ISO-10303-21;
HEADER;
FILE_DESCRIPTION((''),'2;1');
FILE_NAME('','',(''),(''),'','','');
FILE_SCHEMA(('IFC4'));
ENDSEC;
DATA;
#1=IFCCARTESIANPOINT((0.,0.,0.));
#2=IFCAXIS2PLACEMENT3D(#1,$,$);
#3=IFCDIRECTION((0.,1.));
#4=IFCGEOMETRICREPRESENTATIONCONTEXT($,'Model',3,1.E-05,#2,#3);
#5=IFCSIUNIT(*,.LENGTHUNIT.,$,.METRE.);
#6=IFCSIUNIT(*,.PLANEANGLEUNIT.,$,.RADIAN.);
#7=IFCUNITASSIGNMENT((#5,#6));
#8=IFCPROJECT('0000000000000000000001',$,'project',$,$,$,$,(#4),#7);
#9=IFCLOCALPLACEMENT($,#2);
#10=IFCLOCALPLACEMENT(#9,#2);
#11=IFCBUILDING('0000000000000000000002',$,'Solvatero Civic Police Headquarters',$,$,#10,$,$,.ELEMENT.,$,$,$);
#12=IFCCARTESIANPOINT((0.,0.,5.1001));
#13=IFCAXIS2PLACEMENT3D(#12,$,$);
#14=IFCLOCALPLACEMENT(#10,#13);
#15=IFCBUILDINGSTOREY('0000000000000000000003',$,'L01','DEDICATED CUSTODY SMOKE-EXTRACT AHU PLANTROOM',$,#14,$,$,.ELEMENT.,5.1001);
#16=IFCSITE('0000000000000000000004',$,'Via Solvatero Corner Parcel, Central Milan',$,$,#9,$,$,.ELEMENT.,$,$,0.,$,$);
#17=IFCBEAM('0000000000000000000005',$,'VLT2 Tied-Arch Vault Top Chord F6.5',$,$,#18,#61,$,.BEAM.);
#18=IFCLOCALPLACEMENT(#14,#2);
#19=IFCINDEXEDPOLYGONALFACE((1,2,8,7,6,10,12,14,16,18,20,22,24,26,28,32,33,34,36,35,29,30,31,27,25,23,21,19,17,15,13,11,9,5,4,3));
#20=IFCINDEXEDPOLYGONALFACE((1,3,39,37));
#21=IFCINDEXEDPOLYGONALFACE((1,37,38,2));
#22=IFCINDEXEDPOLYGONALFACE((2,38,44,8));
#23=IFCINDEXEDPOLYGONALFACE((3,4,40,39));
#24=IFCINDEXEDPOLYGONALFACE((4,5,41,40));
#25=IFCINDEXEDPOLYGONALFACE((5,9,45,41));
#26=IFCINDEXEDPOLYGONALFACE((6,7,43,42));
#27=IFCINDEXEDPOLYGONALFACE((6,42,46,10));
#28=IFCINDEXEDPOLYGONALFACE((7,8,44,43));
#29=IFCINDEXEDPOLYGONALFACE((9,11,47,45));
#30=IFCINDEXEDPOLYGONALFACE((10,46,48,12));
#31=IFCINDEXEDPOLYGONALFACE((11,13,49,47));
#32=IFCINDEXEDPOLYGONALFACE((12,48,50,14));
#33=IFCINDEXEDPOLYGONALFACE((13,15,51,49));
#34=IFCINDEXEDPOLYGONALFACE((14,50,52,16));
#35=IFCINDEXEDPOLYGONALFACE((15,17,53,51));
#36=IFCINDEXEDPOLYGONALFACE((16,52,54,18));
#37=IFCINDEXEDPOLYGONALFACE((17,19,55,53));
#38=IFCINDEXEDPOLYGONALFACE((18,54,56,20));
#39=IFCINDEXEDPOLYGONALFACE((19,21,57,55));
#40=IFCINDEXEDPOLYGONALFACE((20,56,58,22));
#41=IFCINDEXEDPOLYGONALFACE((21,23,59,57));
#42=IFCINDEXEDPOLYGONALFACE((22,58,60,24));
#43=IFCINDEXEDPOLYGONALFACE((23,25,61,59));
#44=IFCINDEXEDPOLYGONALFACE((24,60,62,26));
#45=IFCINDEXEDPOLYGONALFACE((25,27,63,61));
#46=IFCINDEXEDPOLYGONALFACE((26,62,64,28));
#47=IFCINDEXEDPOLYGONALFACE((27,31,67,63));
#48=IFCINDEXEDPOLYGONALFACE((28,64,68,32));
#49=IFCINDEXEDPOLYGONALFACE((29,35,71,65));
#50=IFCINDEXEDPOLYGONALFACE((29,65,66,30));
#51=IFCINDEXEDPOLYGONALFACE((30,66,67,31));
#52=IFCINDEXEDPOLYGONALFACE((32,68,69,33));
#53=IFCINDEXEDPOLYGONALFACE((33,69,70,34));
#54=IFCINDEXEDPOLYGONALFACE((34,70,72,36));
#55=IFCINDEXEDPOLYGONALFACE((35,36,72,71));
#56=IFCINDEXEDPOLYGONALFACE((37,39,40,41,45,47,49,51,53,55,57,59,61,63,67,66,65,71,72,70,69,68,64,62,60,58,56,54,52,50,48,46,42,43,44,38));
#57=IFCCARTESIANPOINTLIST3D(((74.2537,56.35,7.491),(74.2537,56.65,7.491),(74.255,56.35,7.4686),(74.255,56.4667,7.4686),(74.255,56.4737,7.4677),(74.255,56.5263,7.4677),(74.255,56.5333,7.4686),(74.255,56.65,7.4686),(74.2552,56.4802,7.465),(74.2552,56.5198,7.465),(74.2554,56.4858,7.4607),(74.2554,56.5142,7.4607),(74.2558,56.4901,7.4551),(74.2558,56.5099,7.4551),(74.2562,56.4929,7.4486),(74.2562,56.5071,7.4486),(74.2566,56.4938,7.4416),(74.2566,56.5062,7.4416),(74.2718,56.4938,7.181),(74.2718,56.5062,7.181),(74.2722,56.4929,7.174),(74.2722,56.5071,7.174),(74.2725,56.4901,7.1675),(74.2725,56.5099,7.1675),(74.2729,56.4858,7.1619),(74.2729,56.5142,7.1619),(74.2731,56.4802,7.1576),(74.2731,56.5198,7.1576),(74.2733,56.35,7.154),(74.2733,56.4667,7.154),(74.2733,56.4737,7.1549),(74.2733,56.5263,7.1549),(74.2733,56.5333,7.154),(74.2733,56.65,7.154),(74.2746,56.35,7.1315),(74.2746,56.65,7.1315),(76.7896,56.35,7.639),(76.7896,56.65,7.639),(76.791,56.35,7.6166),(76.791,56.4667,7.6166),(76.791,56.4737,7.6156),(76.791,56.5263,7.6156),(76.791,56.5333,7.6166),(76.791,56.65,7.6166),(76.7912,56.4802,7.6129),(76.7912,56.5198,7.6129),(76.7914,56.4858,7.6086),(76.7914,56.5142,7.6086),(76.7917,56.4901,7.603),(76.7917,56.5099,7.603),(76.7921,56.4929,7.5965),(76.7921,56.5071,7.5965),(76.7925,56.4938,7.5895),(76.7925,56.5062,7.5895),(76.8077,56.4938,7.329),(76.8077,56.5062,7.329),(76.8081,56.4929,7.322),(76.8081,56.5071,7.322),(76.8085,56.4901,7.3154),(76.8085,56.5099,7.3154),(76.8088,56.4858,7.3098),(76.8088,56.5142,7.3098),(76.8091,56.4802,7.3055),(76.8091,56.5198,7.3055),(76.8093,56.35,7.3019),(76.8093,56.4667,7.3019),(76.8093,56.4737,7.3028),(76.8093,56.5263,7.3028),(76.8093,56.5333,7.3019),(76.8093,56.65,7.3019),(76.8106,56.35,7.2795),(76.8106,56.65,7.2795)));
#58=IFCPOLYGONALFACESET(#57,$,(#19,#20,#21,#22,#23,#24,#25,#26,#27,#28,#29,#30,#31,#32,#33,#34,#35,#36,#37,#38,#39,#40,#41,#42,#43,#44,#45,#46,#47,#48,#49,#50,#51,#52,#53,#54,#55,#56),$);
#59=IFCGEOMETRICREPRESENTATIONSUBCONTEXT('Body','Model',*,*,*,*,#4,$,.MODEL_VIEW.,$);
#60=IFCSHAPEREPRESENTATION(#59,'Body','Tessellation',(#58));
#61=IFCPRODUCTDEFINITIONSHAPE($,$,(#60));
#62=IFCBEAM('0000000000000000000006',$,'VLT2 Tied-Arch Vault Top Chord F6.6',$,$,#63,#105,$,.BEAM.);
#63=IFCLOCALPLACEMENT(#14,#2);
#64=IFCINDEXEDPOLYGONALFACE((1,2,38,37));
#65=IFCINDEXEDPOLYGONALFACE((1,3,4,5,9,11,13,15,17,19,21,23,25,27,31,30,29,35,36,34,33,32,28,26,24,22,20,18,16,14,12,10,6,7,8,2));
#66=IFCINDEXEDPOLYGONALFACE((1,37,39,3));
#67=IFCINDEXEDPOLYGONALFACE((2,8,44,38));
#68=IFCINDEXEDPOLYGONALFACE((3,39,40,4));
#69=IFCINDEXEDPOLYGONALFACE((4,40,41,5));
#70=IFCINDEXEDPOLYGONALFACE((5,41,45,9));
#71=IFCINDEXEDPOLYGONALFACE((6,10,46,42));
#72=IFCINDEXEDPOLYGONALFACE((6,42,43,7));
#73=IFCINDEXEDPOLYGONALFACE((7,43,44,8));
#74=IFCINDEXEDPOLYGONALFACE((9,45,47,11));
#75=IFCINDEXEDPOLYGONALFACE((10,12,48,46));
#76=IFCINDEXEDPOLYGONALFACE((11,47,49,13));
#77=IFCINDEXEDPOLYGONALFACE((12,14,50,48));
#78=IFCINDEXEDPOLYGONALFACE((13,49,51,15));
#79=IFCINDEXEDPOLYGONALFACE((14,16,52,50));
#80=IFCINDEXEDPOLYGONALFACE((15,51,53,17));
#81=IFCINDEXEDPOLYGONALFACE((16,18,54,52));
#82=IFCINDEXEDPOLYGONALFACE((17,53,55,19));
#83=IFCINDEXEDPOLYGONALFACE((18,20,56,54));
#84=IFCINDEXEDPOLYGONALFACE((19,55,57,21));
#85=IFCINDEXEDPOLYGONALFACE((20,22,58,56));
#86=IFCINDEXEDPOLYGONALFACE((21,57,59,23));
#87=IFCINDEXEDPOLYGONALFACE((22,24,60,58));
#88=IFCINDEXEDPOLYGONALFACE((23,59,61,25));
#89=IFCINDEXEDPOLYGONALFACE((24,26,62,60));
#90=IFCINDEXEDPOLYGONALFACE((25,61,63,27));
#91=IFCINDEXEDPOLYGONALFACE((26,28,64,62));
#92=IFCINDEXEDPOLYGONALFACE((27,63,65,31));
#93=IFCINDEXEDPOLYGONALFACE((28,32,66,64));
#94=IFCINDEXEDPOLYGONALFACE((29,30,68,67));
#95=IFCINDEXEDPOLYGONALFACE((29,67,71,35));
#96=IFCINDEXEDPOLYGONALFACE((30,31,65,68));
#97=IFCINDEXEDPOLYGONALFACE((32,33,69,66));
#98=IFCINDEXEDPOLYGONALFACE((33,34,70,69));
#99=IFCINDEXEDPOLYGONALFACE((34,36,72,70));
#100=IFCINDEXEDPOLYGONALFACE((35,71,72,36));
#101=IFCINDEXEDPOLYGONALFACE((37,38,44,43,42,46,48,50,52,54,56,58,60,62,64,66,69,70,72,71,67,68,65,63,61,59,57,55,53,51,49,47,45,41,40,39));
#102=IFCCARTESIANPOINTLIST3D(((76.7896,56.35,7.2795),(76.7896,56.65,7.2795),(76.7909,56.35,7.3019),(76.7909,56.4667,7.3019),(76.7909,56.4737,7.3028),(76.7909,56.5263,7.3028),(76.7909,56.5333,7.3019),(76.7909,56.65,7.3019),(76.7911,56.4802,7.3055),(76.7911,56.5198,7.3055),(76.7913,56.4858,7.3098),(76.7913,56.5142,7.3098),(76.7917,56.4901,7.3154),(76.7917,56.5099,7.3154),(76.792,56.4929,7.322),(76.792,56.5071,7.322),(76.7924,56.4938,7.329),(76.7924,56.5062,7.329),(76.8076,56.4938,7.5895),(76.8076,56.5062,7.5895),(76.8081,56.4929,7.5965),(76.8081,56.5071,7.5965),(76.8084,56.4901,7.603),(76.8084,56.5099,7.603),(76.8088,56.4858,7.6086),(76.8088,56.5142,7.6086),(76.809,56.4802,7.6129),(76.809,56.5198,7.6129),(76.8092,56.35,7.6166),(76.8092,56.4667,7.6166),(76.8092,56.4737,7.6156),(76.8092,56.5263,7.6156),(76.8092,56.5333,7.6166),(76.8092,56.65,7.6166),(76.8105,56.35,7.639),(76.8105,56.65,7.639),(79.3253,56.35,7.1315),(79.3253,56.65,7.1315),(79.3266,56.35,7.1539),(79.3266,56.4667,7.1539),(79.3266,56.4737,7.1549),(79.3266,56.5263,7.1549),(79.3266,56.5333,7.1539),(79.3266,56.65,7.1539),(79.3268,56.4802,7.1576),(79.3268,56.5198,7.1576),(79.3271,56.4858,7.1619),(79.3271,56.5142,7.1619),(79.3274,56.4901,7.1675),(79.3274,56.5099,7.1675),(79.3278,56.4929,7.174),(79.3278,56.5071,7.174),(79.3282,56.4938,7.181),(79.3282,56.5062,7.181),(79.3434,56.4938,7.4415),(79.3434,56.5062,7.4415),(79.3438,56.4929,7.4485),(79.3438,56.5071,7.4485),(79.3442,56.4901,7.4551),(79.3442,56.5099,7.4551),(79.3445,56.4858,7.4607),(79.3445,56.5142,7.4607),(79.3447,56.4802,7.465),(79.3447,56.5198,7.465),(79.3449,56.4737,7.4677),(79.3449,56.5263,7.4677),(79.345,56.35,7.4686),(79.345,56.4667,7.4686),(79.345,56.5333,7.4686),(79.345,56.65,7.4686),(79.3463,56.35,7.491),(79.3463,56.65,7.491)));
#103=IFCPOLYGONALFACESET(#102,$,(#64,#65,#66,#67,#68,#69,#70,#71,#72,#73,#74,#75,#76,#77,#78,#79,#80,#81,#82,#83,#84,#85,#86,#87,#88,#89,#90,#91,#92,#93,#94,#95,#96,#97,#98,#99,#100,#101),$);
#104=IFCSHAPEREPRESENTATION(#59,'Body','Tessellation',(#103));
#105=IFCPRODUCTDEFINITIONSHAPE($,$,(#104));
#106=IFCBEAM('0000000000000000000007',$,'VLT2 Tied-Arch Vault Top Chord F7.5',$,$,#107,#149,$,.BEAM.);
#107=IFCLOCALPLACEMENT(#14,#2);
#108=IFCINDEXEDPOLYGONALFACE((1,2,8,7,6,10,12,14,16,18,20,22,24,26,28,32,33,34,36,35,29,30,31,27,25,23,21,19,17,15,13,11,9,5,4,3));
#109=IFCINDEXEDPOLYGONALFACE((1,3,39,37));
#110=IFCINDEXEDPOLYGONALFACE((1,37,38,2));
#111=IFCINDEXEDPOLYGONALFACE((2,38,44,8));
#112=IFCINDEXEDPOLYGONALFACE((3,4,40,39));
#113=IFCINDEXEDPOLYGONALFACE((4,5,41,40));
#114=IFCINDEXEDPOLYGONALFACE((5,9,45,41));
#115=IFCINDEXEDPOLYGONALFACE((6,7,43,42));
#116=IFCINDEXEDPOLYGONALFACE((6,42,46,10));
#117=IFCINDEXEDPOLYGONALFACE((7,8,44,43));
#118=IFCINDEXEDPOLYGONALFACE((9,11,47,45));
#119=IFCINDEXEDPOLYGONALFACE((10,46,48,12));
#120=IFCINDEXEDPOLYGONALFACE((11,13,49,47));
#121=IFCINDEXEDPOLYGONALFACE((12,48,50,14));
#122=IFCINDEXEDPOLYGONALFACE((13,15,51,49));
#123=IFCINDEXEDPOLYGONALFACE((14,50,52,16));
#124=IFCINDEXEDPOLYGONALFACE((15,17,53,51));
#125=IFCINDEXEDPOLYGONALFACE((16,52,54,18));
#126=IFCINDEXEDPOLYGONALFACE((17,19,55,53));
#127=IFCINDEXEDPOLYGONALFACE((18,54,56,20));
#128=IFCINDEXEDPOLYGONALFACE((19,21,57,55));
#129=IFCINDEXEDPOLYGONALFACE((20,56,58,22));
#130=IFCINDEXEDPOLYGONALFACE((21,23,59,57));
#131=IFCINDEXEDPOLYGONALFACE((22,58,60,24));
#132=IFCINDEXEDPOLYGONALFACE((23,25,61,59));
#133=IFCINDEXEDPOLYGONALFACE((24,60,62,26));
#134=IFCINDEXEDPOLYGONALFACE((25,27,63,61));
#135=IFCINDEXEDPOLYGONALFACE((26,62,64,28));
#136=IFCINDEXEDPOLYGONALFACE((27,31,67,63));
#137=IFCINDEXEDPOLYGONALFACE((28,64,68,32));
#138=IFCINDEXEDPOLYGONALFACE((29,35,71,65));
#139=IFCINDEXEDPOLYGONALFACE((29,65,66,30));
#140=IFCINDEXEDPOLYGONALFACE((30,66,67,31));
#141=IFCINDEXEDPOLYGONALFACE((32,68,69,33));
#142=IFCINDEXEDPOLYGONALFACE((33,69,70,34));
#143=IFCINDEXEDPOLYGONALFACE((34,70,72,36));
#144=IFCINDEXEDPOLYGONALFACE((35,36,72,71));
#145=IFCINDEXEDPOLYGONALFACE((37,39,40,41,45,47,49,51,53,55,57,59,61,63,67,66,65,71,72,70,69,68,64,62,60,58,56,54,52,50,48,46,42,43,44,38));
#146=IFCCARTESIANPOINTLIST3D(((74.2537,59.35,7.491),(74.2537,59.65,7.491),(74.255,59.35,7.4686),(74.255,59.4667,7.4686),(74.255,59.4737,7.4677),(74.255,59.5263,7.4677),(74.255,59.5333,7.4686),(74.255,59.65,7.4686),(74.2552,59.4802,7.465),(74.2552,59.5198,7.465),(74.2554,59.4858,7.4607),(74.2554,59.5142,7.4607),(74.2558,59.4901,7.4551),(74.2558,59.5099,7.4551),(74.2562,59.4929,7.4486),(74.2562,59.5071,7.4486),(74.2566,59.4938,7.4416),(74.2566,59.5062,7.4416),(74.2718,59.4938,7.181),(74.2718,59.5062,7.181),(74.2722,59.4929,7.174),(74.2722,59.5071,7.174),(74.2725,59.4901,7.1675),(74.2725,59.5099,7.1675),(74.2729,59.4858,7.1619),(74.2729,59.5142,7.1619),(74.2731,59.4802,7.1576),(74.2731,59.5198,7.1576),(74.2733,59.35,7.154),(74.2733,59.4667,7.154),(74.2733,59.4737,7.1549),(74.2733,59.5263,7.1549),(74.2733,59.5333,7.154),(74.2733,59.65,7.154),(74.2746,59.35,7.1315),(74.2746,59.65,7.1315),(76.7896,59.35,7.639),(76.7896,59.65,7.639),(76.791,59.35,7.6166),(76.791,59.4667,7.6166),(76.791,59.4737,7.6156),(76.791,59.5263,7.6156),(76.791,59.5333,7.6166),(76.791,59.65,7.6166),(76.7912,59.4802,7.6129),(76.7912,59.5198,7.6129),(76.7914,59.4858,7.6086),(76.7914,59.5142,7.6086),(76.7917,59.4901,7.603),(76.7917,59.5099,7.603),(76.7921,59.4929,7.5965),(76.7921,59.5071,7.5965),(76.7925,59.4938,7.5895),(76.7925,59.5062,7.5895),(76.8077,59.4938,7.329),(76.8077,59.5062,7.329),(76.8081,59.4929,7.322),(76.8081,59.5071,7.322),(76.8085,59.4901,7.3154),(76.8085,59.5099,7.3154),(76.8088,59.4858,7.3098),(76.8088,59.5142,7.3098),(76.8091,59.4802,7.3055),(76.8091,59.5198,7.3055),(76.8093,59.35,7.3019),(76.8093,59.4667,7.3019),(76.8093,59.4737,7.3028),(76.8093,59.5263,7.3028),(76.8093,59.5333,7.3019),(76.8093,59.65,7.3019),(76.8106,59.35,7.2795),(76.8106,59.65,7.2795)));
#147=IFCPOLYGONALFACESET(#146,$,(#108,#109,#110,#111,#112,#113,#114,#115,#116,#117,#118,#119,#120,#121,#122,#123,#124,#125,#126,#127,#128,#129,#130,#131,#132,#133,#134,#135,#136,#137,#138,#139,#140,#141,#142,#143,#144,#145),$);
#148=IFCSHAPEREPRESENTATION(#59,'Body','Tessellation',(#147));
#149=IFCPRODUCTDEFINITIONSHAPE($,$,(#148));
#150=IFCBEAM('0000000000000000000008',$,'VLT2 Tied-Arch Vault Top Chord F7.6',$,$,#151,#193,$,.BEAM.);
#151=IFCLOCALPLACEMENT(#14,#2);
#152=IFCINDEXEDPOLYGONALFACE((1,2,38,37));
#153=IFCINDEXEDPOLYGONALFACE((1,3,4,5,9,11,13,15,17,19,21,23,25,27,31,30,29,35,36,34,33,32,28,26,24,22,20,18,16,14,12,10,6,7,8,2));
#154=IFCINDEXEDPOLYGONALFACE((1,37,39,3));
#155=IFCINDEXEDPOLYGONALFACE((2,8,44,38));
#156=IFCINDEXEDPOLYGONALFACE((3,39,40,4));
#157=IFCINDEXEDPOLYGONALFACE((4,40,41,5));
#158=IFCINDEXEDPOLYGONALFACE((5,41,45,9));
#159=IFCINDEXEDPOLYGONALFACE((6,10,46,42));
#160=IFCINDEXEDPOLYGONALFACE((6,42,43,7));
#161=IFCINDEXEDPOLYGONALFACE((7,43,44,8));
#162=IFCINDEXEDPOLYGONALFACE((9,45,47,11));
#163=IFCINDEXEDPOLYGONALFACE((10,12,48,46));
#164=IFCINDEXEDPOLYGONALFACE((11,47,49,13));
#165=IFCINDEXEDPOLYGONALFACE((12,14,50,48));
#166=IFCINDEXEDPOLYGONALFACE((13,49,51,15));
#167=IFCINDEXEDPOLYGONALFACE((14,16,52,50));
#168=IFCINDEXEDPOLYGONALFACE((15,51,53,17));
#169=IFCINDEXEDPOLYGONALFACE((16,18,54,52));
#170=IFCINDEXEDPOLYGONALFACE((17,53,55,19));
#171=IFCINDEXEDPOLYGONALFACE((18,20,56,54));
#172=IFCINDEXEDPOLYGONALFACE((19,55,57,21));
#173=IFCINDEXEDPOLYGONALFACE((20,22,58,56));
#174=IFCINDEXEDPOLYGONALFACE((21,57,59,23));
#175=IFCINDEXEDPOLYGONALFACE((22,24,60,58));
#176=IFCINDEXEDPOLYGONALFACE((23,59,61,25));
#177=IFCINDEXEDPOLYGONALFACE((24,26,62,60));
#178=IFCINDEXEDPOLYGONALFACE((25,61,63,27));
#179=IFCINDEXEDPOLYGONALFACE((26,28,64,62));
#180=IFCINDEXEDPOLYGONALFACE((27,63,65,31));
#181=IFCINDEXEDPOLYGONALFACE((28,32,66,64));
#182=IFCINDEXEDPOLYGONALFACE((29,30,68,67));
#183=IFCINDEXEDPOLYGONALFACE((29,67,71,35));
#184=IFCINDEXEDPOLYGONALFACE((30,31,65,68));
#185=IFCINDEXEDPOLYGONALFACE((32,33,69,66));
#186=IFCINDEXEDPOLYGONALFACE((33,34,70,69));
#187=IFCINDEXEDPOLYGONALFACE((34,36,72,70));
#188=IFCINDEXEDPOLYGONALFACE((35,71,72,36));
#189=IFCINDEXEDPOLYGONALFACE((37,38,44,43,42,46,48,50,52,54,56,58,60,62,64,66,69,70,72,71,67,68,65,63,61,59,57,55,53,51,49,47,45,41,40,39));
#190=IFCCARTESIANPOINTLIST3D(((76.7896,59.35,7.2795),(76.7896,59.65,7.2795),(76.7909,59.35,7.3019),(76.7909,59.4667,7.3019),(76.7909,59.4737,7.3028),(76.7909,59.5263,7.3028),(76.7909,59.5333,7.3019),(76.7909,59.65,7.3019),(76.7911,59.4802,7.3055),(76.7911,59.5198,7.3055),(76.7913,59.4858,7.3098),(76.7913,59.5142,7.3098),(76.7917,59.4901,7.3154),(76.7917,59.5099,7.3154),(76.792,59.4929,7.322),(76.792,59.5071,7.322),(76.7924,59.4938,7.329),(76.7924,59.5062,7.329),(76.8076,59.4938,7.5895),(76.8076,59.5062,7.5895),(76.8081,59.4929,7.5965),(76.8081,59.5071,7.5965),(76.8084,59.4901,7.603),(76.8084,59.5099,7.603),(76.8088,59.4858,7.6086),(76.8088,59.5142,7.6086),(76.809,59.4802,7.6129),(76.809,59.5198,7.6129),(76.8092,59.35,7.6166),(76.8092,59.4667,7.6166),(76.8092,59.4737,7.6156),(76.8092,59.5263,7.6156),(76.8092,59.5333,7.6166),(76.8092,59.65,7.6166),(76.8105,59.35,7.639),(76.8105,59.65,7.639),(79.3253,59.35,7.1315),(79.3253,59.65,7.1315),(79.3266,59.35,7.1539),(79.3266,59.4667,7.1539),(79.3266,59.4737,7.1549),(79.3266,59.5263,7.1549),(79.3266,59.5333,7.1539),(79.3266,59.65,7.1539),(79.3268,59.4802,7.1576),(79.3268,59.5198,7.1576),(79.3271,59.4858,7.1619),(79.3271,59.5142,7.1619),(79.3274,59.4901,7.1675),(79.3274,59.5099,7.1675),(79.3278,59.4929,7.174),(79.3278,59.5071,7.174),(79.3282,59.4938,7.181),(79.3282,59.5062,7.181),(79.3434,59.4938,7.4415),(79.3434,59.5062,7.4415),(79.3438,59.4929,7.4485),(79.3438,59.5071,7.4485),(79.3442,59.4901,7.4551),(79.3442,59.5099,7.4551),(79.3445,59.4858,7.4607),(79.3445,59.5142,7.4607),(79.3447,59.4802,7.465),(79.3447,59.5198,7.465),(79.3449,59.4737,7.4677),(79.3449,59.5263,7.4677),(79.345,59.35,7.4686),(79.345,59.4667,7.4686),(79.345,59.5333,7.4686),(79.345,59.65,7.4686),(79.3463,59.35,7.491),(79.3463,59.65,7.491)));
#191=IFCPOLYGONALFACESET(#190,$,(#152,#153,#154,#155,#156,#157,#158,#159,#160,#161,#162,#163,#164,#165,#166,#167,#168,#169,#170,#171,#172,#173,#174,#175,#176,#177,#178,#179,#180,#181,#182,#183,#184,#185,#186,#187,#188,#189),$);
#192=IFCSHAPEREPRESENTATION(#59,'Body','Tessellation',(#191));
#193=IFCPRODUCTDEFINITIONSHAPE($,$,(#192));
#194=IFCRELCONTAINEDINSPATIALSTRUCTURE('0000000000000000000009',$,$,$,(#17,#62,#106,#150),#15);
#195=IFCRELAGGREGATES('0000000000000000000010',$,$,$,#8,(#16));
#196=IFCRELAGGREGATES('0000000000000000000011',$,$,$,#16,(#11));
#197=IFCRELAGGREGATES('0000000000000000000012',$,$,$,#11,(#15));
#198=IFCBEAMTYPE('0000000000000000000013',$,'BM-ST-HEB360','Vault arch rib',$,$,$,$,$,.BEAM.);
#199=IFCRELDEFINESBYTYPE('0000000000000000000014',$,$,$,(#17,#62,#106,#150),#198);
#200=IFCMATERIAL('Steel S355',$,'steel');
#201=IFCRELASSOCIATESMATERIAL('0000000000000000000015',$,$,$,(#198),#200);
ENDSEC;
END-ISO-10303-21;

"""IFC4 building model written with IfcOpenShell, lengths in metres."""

from ifc_helpers import new_model, si_unit, direction, frame, origin, origin_2d, place, context, subcontext, project, spatial, i_section, extrude, material, material_profile, profile_set, type_object, element, save


model = new_model("IFC4")

# Units and contexts
model_context = context("Model", 3, precision=1e-05, world=origin(), true_north=direction((0.0, 1.0)))
body_context = subcontext(model_context, "Body", "Model", "MODEL_VIEW")
ifc_project = project(units=[si_unit("LENGTHUNIT", "METRE"), si_unit("PLANEANGLEUNIT", "RADIAN")], contexts=[model_context])

# Site, building, storey
site_placement = place(None, origin())
site = spatial("IfcSite", under=ifc_project, at=site_placement, Name="Via Solvatero Corner Parcel, Central Milan", CompositionType="ELEMENT", RefElevation=0.0)
building_placement = place(site_placement, origin())
building = spatial("IfcBuilding", under=site, at=building_placement, Name="Solvatero Civic Police Headquarters", CompositionType="ELEMENT")
storey_placement = place(building_placement, frame((0.0, 0.0, 5.1001)))
storey = spatial("IfcBuildingStorey", under=building, at=storey_placement, Name="L01", Description="DEDICATED CUSTODY SMOKE-EXTRACT AHU PLANTROOM", CompositionType="ELEMENT", Elevation=5.1001)

# Beams
ifc_material = material(Name="Steel S355", Category="steel")
ifc_material_profile_1 = material_profile(ifc_material, i_section(OverallWidth=0.3, OverallDepth=0.3601, WebThickness=0.0125, FlangeThickness=0.0225, FilletRadius=0.0271, at=origin_2d()), Name="HEB 360")
ifc_profile_set_1 = profile_set([ifc_material_profile_1], Name="Steel S355")
beam_type_1 = type_object("IfcBeamType", Name="BM-ST-HEB360", Description="Vault arch rib", PredefinedType="BEAM", material=ifc_profile_set_1)
beam_1_placement = place(storey_placement, frame((74.2642, 56.5, 7.3113), z_axis=(0.998302, 0.0, 0.058243), x_axis=(0.0, 1.0, 0.0)))
element("IfcBeam", 1, at=beam_1_placement, inside=storey, type_object=beam_type_1, Name="VLT2 Tied-Arch Vault Top Chord F6.5", PredefinedType="BEAM", context=body_context, shape_type="SweptSolid", body=[
    extrude(i_section(OverallWidth=0.3, OverallDepth=0.3601, WebThickness=0.0125, FlangeThickness=0.0225, FilletRadius=0.0271, at=origin_2d()), origin(), (0.0, 0.0, 1.0), 2.5403),
])
beam_2_placement = place(storey_placement, frame((76.8, 56.5, 7.4592), z_axis=(0.998302, 0.0, -0.058249), x_axis=(0.0, 1.0, 0.0)))
element("IfcBeam", 2, at=beam_2_placement, inside=storey, type_object=beam_type_1, Name="VLT2 Tied-Arch Vault Top Chord F6.6", PredefinedType="BEAM", context=body_context, shape_type="SweptSolid", body=[
    extrude(i_section(OverallWidth=0.3, OverallDepth=0.3601, WebThickness=0.0125, FlangeThickness=0.0225, FilletRadius=0.0271, at=origin_2d()), origin(), (0.0, 0.0, 1.0), 2.54),
])
beam_3_placement = place(storey_placement, frame((74.2642, 59.5, 7.3113), z_axis=(0.998302, 0.0, 0.058243), x_axis=(0.0, 1.0, 0.0)))
element("IfcBeam", 3, at=beam_3_placement, inside=storey, type_object=beam_type_1, Name="VLT2 Tied-Arch Vault Top Chord F7.5", PredefinedType="BEAM", context=body_context, shape_type="SweptSolid", body=[
    extrude(i_section(OverallWidth=0.3, OverallDepth=0.3601, WebThickness=0.0125, FlangeThickness=0.0225, FilletRadius=0.0271, at=origin_2d()), origin(), (0.0, 0.0, 1.0), 2.5403),
])
beam_4_placement = place(storey_placement, frame((76.8, 59.5, 7.4592), z_axis=(0.998302, 0.0, -0.058249), x_axis=(0.0, 1.0, 0.0)))
element("IfcBeam", 4, at=beam_4_placement, inside=storey, type_object=beam_type_1, Name="VLT2 Tied-Arch Vault Top Chord F7.6", PredefinedType="BEAM", context=body_context, shape_type="SweptSolid", body=[
    extrude(i_section(OverallWidth=0.3, OverallDepth=0.3601, WebThickness=0.0125, FlangeThickness=0.0225, FilletRadius=0.0271, at=origin_2d()), origin(), (0.0, 0.0, 1.0), 2.54),
])

save(model, "model.ifc")
